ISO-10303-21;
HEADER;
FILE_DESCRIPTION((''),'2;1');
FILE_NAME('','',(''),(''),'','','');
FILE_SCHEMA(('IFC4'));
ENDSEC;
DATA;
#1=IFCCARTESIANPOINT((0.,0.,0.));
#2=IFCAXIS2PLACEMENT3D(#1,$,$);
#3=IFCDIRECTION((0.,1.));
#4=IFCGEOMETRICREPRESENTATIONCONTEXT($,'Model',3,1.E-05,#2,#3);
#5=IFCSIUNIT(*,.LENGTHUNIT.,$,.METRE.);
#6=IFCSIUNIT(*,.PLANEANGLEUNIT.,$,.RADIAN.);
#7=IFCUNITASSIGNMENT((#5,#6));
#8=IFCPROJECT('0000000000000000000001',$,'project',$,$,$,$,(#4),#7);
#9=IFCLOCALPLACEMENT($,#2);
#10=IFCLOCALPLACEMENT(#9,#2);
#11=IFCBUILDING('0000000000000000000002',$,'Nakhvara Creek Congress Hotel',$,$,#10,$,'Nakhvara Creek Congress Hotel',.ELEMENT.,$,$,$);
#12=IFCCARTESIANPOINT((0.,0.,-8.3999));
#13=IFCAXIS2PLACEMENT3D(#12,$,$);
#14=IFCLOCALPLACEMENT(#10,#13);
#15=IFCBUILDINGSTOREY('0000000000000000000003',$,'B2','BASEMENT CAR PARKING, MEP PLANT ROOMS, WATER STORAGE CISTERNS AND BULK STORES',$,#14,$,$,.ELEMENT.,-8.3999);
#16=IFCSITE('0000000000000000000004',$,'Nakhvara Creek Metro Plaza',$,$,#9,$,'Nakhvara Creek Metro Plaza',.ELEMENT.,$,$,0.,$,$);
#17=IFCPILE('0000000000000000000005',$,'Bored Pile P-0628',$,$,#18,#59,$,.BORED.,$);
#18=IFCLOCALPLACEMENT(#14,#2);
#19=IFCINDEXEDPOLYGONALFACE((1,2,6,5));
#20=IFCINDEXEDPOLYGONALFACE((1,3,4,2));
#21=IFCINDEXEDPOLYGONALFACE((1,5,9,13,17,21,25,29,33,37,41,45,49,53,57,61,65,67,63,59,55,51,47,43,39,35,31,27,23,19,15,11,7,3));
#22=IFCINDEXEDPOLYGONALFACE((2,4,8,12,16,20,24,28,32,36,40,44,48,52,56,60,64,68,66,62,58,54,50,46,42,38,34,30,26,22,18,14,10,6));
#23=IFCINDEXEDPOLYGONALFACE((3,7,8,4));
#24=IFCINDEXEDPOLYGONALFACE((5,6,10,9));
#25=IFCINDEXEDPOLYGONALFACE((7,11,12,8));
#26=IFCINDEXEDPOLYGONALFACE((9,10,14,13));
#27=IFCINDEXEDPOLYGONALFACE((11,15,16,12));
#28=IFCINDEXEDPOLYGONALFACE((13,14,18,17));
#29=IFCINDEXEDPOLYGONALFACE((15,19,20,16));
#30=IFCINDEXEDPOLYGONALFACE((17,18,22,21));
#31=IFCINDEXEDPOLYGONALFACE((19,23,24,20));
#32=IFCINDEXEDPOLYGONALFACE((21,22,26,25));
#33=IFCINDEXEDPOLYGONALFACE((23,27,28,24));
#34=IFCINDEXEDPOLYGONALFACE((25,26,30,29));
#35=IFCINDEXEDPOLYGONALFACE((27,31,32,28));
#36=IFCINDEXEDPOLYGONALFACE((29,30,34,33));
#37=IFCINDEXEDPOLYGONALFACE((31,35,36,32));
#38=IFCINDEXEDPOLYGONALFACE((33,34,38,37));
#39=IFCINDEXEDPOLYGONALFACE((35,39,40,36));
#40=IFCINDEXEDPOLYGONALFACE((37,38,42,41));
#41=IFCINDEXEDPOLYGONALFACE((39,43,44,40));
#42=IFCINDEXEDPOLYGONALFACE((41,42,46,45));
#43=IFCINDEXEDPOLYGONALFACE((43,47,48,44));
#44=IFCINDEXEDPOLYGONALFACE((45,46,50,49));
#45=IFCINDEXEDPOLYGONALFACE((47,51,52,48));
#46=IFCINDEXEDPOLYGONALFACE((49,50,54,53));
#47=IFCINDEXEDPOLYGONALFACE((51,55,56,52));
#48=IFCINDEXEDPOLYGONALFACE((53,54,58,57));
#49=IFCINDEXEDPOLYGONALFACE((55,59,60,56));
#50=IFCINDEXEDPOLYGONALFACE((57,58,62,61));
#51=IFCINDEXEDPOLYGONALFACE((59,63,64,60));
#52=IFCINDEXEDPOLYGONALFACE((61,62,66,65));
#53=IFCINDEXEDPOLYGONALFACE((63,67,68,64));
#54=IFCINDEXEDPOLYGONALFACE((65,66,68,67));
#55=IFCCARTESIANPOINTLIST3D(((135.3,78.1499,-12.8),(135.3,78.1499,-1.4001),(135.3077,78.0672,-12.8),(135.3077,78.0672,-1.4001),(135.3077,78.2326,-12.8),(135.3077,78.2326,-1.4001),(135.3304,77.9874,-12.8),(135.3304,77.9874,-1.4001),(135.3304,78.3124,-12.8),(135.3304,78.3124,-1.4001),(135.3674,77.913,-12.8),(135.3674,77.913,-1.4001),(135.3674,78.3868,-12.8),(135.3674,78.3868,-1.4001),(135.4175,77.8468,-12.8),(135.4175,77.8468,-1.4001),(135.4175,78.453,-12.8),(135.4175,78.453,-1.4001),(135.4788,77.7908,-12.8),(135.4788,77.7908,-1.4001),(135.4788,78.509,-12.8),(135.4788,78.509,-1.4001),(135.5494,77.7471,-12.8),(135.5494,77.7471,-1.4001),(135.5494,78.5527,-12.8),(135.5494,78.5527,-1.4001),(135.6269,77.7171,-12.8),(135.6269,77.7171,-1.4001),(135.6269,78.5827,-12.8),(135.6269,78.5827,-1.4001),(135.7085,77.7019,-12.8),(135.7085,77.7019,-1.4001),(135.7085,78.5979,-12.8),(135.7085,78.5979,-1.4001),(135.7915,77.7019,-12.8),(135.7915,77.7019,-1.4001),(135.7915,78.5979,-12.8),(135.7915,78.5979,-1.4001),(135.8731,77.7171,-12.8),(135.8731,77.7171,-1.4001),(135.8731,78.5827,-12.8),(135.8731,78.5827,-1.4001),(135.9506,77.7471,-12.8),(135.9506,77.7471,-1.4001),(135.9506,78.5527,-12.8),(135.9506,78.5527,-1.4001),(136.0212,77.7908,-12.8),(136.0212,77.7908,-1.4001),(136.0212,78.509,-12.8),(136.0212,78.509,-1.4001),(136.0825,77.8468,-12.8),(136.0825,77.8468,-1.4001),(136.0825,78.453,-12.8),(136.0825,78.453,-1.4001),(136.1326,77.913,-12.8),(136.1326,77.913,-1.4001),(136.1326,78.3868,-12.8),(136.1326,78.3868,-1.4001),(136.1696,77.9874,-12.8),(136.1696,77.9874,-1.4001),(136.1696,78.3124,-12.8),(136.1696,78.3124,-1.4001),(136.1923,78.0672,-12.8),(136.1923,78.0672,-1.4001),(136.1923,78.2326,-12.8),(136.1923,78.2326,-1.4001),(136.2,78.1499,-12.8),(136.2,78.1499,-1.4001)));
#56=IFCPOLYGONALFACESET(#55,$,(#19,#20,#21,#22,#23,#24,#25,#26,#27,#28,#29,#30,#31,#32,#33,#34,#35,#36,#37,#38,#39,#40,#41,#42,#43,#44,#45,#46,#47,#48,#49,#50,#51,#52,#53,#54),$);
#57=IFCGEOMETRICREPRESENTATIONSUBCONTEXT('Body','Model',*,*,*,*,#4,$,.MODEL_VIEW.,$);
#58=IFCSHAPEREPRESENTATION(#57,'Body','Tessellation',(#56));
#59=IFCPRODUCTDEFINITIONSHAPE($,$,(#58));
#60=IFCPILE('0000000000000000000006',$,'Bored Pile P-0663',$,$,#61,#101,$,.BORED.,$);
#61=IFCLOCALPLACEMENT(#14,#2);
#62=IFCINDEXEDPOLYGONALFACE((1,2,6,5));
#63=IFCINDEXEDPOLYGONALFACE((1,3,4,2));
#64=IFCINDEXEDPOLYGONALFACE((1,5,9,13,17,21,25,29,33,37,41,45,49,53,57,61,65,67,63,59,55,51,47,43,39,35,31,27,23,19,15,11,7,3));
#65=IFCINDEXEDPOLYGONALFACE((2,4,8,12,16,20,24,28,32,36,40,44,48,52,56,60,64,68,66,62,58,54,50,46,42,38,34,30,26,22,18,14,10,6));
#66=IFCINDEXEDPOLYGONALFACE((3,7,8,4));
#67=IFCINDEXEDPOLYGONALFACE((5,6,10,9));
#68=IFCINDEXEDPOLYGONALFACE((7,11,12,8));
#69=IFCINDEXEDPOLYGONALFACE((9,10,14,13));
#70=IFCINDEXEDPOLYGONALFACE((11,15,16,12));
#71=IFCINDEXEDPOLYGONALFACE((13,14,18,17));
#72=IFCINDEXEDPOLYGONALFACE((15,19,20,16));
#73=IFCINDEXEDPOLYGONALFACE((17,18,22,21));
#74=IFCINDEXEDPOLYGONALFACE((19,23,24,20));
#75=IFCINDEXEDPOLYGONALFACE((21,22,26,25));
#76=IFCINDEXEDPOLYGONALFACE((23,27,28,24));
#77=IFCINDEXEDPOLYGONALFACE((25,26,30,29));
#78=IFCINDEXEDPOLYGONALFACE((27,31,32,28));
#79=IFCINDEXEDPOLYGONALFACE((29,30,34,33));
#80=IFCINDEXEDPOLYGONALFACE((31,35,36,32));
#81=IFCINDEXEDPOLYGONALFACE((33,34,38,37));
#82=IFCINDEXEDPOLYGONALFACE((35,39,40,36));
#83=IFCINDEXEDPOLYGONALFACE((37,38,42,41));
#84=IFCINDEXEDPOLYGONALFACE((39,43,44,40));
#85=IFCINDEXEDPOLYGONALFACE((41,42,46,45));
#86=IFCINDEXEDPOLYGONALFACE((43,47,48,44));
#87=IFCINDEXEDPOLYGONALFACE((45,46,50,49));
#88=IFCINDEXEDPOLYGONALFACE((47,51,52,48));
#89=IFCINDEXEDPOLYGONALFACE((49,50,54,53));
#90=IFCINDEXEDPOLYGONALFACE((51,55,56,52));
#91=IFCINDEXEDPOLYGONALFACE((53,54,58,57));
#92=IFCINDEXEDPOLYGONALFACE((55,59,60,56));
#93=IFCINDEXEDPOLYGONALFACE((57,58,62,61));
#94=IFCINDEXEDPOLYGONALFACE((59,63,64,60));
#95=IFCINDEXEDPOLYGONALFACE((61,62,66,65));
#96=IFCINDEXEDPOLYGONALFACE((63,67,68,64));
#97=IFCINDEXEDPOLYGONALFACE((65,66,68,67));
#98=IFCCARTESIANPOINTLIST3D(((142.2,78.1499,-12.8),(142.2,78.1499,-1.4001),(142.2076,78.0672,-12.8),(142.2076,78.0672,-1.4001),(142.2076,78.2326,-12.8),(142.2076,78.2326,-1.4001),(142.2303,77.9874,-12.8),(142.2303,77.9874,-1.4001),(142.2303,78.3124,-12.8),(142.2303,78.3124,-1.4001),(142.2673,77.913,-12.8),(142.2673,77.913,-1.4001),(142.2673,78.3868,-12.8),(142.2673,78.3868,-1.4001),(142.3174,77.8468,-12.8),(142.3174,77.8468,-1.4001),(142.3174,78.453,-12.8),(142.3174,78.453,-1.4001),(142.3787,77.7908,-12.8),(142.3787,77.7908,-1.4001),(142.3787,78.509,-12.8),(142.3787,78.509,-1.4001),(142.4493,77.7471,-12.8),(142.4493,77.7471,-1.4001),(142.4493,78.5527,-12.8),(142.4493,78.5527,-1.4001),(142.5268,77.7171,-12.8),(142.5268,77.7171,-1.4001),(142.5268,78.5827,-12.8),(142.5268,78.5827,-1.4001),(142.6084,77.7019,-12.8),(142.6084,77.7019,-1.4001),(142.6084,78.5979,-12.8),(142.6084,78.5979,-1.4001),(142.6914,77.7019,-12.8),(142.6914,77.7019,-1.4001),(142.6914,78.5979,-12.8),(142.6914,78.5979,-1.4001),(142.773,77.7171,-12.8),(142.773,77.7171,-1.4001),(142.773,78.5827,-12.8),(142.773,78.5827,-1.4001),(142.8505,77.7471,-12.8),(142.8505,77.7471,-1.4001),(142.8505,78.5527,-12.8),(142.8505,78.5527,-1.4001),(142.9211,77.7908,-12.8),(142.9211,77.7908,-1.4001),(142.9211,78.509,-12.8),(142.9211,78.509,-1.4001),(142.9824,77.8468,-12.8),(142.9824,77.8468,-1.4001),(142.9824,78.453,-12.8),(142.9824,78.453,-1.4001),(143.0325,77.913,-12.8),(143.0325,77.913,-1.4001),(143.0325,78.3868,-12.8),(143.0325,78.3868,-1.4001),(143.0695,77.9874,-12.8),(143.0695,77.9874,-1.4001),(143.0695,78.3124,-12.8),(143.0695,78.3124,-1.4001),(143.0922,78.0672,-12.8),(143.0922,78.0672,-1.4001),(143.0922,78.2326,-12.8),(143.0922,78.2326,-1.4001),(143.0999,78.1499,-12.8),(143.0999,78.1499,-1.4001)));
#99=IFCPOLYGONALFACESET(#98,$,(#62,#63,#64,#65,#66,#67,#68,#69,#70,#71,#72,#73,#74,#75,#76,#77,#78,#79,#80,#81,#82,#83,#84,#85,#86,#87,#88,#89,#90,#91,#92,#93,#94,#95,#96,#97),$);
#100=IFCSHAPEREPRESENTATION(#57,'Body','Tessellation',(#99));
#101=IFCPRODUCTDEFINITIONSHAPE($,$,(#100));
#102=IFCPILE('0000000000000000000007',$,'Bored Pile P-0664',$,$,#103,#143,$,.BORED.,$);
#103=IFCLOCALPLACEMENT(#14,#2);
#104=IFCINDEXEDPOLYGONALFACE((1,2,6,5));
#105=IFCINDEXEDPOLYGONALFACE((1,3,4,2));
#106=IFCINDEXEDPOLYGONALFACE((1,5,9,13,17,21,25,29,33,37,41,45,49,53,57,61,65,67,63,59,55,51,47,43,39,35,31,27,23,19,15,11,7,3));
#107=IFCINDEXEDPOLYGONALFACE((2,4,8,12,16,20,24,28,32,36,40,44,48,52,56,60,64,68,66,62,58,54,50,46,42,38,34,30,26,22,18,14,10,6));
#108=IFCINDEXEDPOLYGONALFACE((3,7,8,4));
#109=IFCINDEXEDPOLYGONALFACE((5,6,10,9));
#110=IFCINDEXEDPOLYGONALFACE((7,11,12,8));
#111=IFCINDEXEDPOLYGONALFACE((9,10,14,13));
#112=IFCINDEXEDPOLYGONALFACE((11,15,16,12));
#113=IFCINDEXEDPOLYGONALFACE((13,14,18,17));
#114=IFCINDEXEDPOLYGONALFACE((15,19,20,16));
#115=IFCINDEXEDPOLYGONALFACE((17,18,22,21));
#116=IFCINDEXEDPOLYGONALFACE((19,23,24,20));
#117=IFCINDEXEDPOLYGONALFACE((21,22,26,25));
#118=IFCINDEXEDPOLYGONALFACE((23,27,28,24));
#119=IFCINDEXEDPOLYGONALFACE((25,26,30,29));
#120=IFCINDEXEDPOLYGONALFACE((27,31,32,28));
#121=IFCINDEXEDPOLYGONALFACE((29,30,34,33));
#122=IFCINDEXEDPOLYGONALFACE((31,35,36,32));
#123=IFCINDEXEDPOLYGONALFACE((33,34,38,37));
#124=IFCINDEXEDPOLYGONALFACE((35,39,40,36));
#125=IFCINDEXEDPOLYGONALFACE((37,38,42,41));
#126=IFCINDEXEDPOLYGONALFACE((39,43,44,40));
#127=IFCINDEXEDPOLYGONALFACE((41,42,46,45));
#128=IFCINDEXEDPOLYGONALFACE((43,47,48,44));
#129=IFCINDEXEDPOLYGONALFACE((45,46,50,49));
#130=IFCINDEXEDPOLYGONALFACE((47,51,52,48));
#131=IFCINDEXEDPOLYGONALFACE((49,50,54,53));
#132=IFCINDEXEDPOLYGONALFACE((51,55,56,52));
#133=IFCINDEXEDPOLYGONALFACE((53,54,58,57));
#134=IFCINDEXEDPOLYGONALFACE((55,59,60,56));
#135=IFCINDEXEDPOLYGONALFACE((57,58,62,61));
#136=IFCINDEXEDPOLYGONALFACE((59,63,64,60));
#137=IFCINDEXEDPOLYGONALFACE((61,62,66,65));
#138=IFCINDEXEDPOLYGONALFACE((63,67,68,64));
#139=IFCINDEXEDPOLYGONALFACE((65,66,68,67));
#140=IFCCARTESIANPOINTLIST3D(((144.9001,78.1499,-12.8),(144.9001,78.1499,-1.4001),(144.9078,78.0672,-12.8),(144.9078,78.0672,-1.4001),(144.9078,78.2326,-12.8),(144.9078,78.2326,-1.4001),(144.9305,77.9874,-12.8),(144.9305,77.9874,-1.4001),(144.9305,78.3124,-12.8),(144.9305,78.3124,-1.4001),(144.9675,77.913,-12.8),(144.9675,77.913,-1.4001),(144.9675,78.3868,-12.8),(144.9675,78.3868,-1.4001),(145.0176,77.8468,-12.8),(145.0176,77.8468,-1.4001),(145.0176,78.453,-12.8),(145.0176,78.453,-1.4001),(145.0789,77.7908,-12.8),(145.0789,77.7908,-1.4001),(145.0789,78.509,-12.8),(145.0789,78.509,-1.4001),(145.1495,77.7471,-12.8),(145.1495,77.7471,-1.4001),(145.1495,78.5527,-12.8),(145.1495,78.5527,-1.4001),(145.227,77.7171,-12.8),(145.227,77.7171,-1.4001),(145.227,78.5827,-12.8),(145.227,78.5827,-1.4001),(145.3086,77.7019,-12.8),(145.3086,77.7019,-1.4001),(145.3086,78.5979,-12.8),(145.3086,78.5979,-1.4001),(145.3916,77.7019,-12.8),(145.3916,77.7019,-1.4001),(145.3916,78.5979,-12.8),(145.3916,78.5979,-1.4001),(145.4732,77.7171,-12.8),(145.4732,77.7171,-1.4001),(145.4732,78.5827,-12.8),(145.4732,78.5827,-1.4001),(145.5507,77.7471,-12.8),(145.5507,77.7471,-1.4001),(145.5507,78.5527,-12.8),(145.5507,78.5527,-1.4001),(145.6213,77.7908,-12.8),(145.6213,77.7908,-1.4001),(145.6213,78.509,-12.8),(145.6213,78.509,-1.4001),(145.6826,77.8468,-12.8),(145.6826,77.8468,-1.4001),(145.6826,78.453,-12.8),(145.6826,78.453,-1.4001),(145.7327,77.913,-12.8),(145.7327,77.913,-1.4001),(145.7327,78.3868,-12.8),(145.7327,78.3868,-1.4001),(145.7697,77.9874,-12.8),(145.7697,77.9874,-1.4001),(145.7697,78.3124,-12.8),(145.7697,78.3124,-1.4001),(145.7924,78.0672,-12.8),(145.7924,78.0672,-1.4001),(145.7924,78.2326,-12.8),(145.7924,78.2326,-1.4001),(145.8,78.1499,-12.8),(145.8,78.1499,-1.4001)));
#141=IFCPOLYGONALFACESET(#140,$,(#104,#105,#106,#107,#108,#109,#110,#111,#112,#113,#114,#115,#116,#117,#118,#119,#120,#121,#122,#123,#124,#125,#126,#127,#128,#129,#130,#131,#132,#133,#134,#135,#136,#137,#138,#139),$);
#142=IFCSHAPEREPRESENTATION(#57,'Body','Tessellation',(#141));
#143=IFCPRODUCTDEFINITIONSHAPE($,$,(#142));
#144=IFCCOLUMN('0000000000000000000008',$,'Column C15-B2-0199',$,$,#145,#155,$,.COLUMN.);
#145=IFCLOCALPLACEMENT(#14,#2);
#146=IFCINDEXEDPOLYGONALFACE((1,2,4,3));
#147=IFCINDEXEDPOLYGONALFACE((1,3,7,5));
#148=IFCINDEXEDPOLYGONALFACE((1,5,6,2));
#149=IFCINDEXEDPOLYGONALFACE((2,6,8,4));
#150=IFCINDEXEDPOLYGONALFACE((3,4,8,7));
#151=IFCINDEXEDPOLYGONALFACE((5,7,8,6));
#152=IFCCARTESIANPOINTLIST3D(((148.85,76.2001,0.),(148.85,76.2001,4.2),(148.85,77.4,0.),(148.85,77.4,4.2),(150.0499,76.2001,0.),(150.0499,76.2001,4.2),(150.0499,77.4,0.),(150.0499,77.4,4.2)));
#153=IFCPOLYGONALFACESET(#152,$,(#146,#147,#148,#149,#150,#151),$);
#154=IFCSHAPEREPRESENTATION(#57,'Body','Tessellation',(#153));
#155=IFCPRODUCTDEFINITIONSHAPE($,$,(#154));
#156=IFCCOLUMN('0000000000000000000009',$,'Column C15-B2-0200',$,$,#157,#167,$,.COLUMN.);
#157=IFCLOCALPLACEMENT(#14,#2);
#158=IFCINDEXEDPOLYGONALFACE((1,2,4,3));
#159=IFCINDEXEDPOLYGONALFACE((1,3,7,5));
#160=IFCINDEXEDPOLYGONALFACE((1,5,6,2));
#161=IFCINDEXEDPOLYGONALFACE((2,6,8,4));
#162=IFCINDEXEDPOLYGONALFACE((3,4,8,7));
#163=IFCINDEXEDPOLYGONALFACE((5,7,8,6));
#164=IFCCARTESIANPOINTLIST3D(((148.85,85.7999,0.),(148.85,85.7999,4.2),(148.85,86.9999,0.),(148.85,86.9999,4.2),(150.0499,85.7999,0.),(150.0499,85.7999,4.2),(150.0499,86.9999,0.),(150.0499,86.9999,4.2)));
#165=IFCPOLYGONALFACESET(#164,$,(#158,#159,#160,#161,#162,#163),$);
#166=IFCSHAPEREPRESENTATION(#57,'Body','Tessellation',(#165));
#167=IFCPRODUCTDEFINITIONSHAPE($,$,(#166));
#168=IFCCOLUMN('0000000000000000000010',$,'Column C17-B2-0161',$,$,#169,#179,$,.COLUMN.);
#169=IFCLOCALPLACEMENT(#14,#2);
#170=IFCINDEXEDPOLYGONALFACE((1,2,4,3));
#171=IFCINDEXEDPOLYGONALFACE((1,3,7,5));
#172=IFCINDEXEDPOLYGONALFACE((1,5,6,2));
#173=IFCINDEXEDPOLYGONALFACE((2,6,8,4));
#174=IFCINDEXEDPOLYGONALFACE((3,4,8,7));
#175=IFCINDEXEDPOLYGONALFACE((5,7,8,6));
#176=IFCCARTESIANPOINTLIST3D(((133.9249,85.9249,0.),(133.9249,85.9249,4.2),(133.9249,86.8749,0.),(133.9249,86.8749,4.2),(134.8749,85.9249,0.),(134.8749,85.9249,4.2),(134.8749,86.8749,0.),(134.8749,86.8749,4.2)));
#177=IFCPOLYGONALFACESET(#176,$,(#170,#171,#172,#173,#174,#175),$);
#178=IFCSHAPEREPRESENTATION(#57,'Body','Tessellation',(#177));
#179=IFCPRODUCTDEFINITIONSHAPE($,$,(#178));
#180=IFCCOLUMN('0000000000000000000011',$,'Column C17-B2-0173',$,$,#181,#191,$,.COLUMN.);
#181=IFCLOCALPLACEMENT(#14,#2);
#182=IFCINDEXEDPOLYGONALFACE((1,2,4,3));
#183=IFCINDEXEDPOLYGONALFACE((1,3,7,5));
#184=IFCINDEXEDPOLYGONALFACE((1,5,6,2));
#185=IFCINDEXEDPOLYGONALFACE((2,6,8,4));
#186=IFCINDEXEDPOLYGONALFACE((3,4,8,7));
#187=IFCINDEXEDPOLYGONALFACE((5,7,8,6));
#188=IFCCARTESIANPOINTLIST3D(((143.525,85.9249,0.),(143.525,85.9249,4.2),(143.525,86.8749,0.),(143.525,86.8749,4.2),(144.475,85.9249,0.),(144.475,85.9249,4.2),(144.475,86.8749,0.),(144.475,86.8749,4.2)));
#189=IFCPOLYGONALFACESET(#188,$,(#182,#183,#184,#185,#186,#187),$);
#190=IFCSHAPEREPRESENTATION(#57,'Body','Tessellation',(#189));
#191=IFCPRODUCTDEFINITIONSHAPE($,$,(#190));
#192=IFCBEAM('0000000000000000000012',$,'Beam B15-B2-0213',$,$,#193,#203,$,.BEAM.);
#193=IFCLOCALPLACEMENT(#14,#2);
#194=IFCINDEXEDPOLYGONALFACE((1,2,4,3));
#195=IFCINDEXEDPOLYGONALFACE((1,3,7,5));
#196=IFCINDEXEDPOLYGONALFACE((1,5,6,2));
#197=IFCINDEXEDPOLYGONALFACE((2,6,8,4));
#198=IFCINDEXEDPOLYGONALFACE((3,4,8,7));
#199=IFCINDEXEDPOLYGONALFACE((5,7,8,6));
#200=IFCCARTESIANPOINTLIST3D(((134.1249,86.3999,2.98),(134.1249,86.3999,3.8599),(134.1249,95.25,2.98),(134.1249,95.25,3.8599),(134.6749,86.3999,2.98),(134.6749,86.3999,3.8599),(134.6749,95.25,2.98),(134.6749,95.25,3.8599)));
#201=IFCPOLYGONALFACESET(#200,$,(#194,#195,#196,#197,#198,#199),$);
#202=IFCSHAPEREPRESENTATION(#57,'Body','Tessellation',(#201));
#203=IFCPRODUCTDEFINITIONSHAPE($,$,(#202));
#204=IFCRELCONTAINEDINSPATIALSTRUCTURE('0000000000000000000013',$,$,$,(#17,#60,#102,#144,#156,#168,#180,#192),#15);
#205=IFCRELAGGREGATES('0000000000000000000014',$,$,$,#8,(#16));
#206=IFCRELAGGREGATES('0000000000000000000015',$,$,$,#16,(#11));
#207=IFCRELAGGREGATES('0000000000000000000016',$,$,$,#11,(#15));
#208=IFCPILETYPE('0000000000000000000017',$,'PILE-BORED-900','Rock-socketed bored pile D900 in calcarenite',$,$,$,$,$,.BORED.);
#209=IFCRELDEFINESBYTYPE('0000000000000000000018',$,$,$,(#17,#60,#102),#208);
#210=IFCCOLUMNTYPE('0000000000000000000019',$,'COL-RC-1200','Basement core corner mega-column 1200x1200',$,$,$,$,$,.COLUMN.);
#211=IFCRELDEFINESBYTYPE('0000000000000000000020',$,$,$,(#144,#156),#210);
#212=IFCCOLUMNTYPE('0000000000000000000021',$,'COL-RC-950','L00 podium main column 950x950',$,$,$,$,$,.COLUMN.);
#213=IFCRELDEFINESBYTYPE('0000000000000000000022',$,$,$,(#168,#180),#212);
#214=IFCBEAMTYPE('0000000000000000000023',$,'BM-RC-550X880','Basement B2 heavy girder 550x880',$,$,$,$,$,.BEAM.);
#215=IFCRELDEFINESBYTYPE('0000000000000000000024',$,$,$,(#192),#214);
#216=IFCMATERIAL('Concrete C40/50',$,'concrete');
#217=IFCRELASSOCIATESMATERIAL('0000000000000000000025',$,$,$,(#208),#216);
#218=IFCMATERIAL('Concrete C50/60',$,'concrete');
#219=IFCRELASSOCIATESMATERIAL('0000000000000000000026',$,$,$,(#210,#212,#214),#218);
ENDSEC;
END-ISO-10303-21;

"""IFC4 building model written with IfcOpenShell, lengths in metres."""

from ifc_helpers import new_model, si_unit, direction, frame, origin, origin_2d, place, context, subcontext, project, spatial, rectangle, circle, extrude, material, material_profile, profile_set, type_object, element, save


model = new_model("IFC4")

# Units and contexts
model_context = context("Model", 3, precision=1e-05, world=origin(), true_north=direction((0.0, 1.0)))
body_context = subcontext(model_context, "Body", "Model", "MODEL_VIEW")
ifc_project = project(units=[si_unit("LENGTHUNIT", "METRE"), si_unit("PLANEANGLEUNIT", "RADIAN")], contexts=[model_context])

# Site, building, storey
site_placement = place(None, origin())
site = spatial("IfcSite", under=ifc_project, at=site_placement, Name="Nakhvara Creek Metro Plaza", LongName="Nakhvara Creek Metro Plaza", CompositionType="ELEMENT", RefElevation=0.0)
building_placement = place(site_placement, origin())
building = spatial("IfcBuilding", under=site, at=building_placement, Name="Nakhvara Creek Congress Hotel", LongName="Nakhvara Creek Congress Hotel", CompositionType="ELEMENT")
storey_placement = place(building_placement, frame((0.0, 0.0, -8.3999)))
storey = spatial("IfcBuildingStorey", under=building, at=storey_placement, Name="B2", Description="BASEMENT CAR PARKING, MEP PLANT ROOMS, WATER STORAGE CISTERNS AND BULK STORES", CompositionType="ELEMENT", Elevation=-8.3999)

# Shared definitions
ifc_material_1 = material(Name="Concrete C40/50", Category="concrete")

# Piles
ifc_material_profile_1 = material_profile(ifc_material_1, circle(Radius=0.45, at=origin_2d()), Name="BORED PILE D900", Category="LoadBearing")
ifc_profile_set_1 = profile_set([ifc_material_profile_1], Name="Concrete C40/50")
pile_type_1 = type_object("IfcPileType", Name="PILE-BORED-900", Description="Rock-socketed bored pile D900 in calcarenite", PredefinedType="BORED", material=ifc_profile_set_1)
for number, where, z_axis, x_axis, name in (
    (1, (135.75, 78.1499, -1.4001), (0.0, 0.0, -1.0), (1.0, 0.0, 0.0), "Bored Pile P-0628"),
    (2, (142.6499, 78.1499, -1.4001), (0.0, 0.0, -1.0), (1.0, 0.0, 0.0), "Bored Pile P-0663"),
    (3, (145.3501, 78.1499, -1.4001), (0.0, 0.0, -1.0), (1.0, 0.0, 0.0), "Bored Pile P-0664"),
):
    element("IfcPile", number, at=place(storey_placement, frame(where, z_axis=z_axis, x_axis=x_axis)), inside=storey, type_object=pile_type_1, Name=name, PredefinedType="BORED", context=body_context, shape_type="SweptSolid", body=[
        extrude(circle(Radius=0.45, at=origin_2d()), origin(), (0.0, 0.0, 1.0), 11.3999),
    ])

# Columns
ifc_material_2 = material(Name="Concrete C50/60", Category="concrete")
ifc_material_profile_2 = material_profile(ifc_material_2, rectangle(XDim=1.2, YDim=1.2, at=origin_2d()), Name="RC-COL 1200x1200", Category="LoadBearing")
ifc_profile_set_2 = profile_set([ifc_material_profile_2], Name="Concrete C50/60")
column_type_1 = type_object("IfcColumnType", Name="COL-RC-1200", Description="Basement core corner mega-column 1200x1200", PredefinedType="COLUMN", material=ifc_profile_set_2)
for number, where, z_axis, x_axis, name in (
    (4, (149.45, 76.8, 0.0), (0.0, 0.0, 1.0), (1.0, 0.0, 0.0), "Column C15-B2-0199"),
    (5, (149.45, 86.3999, 0.0), (0.0, 0.0, 1.0), (1.0, 0.0, 0.0), "Column C15-B2-0200"),
):
    element("IfcColumn", number, at=place(storey_placement, frame(where, z_axis=z_axis, x_axis=x_axis)), inside=storey, type_object=column_type_1, Name=name, PredefinedType="COLUMN", context=body_context, shape_type="SweptSolid", body=[
        extrude(rectangle(XDim=1.2, YDim=1.2, at=origin_2d()), origin(), (0.0, 0.0, 1.0), 4.2),
    ])
ifc_material_profile_3 = material_profile(ifc_material_2, rectangle(XDim=0.95, YDim=0.95, at=origin_2d()), Name="RC-COL 950x950", Category="LoadBearing")
ifc_profile_set_3 = profile_set([ifc_material_profile_3], Name="Concrete C50/60")
column_type_2 = type_object("IfcColumnType", Name="COL-RC-950", Description="L00 podium main column 950x950", PredefinedType="COLUMN", material=ifc_profile_set_3)
for number, where, z_axis, x_axis, name in (
    (6, (134.3999, 86.3999, 0.0), (0.0, 0.0, 1.0), (1.0, 0.0, 0.0), "Column C17-B2-0161"),
    (7, (144.0, 86.3999, 0.0), (0.0, 0.0, 1.0), (1.0, 0.0, 0.0), "Column C17-B2-0173"),
):
    element("IfcColumn", number, at=place(storey_placement, frame(where, z_axis=z_axis, x_axis=x_axis)), inside=storey, type_object=column_type_2, Name=name, PredefinedType="COLUMN", context=body_context, shape_type="SweptSolid", body=[
        extrude(rectangle(XDim=0.95, YDim=0.95, at=origin_2d()), origin(), (0.0, 0.0, 1.0), 4.2),
    ])

# Beam
ifc_material_profile_4 = material_profile(ifc_material_2, rectangle(XDim=0.55, YDim=0.8799, at=origin_2d()), Name="RC-BM 550x880", Category="LoadBearing")
ifc_profile_set_4 = profile_set([ifc_material_profile_4], Name="Concrete C50/60")
beam_type = type_object("IfcBeamType", Name="BM-RC-550X880", Description="Basement B2 heavy girder 550x880", PredefinedType="BEAM", material=ifc_profile_set_4)
beam_1_placement = place(storey_placement, frame((134.3999, 86.3999, 3.4199), z_axis=(0.0, 1.0, 0.0), x_axis=(-1.0, 0.0, 0.0)))
element("IfcBeam", 8, at=beam_1_placement, inside=storey, type_object=beam_type, Name="Beam B15-B2-0213", PredefinedType="BEAM", context=body_context, shape_type="SweptSolid", body=[
    extrude(rectangle(XDim=0.55, YDim=0.8799, at=origin_2d()), origin(), (0.0, 0.0, 1.0), 8.8501),
])

save(model, "model.ifc")
